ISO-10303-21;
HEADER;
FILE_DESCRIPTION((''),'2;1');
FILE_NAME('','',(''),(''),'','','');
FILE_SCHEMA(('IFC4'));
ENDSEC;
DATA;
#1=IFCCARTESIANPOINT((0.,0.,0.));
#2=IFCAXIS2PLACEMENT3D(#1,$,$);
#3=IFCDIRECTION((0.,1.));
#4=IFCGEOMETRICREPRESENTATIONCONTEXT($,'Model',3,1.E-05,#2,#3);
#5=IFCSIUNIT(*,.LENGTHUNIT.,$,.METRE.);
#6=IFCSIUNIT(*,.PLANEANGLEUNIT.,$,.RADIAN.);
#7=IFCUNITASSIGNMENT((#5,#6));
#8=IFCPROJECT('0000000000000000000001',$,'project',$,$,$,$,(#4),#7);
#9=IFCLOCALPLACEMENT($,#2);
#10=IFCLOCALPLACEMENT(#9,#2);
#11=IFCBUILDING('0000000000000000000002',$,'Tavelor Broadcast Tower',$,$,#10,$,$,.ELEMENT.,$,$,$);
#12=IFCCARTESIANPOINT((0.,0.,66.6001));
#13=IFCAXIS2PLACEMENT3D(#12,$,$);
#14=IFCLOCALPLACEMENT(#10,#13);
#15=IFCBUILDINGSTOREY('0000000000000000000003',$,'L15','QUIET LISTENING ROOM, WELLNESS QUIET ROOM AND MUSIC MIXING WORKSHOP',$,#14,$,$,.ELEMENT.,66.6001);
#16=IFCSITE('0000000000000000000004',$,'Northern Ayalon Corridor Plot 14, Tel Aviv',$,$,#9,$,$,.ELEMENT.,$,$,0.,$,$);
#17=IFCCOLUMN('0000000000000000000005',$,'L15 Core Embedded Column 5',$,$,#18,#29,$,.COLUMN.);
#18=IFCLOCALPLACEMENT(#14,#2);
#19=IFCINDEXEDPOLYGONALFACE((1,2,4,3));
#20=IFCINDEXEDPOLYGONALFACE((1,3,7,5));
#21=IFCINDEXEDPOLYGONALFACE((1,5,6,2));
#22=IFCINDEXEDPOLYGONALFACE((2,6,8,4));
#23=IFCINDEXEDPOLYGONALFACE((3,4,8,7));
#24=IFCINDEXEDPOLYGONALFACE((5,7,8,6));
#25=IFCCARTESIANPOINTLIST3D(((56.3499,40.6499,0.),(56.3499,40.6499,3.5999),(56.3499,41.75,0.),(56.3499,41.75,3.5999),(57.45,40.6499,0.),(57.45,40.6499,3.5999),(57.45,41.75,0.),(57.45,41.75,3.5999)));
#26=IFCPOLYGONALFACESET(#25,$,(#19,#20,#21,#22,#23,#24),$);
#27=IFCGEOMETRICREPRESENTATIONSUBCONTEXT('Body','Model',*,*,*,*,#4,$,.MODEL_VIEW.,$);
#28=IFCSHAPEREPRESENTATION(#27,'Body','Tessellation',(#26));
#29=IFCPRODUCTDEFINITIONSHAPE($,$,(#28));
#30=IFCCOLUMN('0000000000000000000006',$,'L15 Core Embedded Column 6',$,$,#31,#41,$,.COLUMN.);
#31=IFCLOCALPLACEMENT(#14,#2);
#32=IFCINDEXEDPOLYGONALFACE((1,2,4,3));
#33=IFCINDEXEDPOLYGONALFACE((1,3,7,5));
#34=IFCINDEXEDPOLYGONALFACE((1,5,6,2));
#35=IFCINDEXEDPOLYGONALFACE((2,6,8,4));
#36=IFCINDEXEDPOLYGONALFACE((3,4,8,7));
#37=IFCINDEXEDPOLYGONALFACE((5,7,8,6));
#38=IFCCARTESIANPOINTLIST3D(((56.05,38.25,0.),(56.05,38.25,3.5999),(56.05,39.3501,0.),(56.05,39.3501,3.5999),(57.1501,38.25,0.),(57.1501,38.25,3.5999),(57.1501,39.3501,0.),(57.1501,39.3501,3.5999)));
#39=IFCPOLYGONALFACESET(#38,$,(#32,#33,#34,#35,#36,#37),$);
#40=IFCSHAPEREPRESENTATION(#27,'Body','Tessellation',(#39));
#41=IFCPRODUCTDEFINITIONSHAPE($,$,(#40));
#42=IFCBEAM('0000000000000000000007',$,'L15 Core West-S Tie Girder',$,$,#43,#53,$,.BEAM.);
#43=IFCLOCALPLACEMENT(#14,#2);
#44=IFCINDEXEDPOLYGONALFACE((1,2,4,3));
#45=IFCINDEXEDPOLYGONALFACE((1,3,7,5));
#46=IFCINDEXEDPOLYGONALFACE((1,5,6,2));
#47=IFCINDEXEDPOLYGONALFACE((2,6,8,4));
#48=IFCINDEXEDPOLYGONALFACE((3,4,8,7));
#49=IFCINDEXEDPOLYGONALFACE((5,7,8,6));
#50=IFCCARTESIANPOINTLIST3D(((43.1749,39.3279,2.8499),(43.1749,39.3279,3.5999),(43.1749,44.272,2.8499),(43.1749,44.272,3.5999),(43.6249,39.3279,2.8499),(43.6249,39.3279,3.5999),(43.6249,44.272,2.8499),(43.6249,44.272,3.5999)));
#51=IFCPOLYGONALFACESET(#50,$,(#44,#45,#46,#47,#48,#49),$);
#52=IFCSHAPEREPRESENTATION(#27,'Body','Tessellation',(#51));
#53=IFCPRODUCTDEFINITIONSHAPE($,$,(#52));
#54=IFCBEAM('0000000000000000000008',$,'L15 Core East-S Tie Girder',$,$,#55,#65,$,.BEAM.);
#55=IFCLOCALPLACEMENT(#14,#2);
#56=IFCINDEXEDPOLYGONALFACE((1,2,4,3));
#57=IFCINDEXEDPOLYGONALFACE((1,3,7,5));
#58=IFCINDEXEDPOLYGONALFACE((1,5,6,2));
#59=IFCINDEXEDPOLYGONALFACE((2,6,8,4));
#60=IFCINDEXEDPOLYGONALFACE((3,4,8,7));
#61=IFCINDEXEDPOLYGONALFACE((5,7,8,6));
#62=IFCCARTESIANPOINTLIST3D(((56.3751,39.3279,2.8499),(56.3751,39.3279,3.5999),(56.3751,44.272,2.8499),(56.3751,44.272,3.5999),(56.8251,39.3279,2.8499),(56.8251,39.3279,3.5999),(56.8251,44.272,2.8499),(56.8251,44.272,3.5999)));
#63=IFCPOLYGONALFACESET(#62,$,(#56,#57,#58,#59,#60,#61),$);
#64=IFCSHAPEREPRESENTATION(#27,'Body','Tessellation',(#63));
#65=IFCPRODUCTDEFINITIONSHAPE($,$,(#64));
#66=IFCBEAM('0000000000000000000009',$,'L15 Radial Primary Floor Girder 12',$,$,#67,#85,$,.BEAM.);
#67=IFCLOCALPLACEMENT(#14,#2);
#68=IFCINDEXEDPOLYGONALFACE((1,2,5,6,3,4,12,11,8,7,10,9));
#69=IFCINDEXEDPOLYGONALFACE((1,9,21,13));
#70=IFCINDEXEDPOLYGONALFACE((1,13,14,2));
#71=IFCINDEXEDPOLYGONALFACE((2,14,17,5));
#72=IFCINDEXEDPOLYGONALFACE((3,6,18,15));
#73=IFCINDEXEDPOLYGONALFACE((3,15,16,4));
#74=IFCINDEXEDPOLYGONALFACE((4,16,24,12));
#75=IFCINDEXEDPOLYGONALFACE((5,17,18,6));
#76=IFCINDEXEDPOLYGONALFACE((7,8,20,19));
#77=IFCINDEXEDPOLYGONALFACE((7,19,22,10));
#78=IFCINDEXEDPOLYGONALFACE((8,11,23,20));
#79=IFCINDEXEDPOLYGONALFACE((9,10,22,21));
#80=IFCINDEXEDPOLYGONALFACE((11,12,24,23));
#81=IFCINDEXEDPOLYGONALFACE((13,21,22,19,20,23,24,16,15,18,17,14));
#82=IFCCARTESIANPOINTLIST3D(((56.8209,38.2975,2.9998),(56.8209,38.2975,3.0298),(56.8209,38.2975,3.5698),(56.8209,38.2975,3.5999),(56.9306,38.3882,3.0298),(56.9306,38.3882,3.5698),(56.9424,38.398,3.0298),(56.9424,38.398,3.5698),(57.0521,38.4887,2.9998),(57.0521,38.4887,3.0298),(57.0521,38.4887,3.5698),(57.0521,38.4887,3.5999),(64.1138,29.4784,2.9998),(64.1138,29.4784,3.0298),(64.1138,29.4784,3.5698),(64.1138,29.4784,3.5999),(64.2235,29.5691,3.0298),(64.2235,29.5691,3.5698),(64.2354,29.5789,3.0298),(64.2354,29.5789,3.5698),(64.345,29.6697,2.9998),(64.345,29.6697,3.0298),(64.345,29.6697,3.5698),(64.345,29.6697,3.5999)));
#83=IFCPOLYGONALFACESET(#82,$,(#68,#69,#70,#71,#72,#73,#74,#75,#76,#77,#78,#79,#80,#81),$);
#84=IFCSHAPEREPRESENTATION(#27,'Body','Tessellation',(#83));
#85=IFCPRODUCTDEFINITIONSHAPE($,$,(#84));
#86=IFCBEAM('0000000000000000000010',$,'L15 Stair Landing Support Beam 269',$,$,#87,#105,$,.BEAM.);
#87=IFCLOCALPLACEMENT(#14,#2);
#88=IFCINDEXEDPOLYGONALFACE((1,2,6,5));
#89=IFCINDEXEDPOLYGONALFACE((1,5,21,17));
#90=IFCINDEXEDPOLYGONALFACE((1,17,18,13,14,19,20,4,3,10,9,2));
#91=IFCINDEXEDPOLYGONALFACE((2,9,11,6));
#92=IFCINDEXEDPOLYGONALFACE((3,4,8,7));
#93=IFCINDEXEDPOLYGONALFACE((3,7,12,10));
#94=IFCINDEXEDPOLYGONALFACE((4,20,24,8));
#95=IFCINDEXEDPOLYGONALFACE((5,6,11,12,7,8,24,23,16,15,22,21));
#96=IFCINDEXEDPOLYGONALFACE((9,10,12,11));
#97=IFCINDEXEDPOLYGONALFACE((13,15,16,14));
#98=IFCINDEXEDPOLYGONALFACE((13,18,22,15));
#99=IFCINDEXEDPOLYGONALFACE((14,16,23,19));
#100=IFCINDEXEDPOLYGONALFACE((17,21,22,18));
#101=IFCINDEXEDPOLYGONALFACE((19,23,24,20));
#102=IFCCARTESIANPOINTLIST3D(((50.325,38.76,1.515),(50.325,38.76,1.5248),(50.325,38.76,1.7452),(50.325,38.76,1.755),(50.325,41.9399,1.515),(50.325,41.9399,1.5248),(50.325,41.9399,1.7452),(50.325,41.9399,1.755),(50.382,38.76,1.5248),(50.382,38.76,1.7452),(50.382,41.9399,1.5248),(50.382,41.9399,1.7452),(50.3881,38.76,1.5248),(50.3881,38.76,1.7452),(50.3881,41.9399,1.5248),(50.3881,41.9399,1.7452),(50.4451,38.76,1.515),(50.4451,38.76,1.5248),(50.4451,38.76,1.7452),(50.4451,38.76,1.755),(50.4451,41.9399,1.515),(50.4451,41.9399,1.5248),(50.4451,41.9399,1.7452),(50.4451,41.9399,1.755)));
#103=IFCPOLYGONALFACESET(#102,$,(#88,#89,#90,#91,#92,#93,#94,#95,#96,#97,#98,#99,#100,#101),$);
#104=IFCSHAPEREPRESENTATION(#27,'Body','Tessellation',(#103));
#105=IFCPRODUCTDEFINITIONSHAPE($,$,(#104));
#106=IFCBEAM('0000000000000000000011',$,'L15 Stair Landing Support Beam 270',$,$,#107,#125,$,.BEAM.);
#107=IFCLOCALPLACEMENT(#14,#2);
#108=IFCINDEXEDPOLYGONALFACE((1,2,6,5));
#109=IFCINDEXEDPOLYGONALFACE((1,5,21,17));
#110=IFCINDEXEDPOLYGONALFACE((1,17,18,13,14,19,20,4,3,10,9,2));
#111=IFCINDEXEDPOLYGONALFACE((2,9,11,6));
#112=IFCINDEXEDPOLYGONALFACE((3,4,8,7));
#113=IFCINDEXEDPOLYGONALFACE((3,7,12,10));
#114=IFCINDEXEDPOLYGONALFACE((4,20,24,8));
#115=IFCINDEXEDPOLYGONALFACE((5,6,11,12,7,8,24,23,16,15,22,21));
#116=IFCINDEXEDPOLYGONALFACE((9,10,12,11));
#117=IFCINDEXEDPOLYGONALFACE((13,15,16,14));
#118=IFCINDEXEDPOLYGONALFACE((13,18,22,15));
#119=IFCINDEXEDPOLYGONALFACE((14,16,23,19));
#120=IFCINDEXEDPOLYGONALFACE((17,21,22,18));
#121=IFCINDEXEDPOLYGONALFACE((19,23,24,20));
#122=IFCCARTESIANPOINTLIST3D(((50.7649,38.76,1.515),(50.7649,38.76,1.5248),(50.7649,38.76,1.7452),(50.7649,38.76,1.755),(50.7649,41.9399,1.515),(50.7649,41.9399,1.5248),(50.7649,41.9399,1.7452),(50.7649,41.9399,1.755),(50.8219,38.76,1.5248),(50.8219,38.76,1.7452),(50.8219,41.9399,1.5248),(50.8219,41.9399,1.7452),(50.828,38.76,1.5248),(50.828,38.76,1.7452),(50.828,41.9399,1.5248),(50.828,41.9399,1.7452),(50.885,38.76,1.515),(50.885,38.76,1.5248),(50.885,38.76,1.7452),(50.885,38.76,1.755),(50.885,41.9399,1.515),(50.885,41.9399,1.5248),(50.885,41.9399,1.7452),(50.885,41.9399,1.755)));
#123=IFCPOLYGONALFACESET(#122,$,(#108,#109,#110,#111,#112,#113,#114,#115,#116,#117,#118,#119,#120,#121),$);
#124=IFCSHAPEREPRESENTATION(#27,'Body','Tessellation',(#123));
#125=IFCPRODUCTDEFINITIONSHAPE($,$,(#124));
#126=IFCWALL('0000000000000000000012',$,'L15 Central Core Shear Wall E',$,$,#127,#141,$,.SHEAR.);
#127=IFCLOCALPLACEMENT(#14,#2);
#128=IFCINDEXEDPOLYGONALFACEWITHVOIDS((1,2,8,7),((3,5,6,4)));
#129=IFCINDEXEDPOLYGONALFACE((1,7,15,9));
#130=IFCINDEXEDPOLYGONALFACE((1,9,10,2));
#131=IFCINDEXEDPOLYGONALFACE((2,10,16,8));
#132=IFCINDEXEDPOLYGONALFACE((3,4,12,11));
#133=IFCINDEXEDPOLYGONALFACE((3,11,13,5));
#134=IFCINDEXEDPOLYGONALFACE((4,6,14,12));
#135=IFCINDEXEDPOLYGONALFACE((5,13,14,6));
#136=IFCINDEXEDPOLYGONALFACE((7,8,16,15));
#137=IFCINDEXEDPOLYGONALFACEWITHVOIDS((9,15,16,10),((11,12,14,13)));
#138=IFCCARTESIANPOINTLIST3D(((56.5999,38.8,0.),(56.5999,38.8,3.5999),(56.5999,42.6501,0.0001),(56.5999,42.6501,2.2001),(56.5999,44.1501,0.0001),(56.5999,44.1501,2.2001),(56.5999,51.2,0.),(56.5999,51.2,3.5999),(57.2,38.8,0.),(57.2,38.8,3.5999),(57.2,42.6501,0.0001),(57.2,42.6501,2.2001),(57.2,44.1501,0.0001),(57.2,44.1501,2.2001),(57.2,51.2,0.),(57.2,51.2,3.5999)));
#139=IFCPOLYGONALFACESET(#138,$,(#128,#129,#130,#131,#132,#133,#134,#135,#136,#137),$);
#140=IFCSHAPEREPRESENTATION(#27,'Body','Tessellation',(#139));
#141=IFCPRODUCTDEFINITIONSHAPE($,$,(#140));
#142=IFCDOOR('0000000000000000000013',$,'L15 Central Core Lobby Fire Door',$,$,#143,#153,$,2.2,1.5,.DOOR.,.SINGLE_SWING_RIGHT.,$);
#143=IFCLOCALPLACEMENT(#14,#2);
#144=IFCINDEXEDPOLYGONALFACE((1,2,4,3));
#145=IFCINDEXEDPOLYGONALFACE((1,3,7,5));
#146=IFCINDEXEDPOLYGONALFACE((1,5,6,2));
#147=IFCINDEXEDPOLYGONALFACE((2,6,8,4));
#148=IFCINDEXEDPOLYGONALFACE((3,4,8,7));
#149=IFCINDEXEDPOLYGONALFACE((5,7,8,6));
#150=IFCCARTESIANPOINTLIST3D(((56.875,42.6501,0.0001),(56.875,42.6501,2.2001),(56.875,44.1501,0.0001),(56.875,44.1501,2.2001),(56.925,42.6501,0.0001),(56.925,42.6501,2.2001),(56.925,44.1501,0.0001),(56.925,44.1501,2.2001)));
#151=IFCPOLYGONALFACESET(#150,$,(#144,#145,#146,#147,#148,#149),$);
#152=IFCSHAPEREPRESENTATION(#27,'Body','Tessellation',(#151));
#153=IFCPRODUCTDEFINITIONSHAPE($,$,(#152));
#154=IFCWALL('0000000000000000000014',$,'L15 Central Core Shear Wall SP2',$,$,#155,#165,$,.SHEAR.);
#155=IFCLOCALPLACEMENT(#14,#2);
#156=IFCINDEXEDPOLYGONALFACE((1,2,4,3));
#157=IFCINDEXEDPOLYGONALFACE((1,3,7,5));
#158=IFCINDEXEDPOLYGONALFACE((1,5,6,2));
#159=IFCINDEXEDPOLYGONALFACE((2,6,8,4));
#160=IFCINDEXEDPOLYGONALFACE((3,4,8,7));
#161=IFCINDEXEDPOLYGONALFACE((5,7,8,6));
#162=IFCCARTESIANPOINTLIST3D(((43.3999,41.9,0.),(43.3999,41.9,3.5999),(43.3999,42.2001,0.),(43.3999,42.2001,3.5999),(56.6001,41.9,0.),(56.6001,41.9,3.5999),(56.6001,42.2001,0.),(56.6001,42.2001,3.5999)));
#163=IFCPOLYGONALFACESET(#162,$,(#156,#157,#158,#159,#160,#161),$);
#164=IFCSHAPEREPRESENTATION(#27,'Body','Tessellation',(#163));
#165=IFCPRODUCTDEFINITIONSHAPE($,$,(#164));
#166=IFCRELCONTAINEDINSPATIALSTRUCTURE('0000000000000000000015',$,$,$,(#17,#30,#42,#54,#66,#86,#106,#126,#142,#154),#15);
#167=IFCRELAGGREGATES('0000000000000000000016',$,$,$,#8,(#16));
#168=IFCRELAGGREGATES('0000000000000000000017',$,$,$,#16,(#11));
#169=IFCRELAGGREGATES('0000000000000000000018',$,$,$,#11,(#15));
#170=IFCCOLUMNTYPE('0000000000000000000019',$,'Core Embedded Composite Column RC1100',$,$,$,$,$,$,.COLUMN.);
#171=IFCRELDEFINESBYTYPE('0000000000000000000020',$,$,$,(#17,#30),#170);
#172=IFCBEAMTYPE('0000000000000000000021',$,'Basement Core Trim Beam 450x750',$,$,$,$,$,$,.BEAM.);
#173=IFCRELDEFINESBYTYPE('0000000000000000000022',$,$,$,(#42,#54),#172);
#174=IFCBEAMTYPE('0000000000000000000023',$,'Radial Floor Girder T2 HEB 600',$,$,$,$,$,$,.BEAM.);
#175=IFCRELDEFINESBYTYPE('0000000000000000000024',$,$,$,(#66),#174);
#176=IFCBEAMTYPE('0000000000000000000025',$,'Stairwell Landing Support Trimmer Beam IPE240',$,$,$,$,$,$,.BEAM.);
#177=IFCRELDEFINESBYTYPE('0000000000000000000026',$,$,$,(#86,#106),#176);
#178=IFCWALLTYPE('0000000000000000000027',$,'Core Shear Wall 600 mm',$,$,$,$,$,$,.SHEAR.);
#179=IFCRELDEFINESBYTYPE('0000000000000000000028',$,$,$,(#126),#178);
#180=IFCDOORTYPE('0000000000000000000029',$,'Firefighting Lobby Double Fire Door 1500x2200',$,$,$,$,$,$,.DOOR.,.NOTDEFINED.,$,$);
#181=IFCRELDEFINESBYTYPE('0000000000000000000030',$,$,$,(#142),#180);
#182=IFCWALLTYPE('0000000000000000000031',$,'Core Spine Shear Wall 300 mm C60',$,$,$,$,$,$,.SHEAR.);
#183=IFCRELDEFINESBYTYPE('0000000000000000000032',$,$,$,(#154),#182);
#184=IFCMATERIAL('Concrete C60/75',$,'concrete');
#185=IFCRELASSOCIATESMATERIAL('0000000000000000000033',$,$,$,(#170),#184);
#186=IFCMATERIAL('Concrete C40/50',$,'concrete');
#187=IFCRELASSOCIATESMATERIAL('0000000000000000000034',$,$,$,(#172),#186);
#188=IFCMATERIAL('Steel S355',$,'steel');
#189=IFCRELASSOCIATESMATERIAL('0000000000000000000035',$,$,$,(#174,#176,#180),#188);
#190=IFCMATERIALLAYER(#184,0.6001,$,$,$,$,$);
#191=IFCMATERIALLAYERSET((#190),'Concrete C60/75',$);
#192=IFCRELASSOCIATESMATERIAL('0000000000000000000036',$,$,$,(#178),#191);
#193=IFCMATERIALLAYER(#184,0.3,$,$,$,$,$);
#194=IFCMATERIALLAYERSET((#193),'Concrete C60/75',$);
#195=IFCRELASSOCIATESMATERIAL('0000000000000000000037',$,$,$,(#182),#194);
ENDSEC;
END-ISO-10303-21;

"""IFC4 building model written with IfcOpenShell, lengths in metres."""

from ifc_helpers import new_model, si_unit, direction, frame, frame_2d, origin, origin_2d, place, context, subcontext, project, spatial, rectangle, i_section, extrude, material, layer, layer_set, material_profile, profile_set, type_object, element, fill, save


model = new_model("IFC4")

# Units and contexts
model_context = context("Model", 3, precision=1e-05, world=origin(), true_north=direction((0.0, 1.0)))
body_context = subcontext(model_context, "Body", "Model", "MODEL_VIEW")
ifc_project = project(units=[si_unit("LENGTHUNIT", "METRE"), si_unit("PLANEANGLEUNIT", "RADIAN")], contexts=[model_context])

# Site, building, storey
site_placement = place(None, origin())
site = spatial("IfcSite", under=ifc_project, at=site_placement, Name="Northern Ayalon Corridor Plot 14, Tel Aviv", CompositionType="ELEMENT", RefElevation=0.0)
building_placement = place(site_placement, origin())
building = spatial("IfcBuilding", under=site, at=building_placement, Name="Tavelor Broadcast Tower", CompositionType="ELEMENT")
storey_placement = place(building_placement, frame((0.0, 0.0, 66.6001)))
storey = spatial("IfcBuildingStorey", under=building, at=storey_placement, Name="L15", Description="QUIET LISTENING ROOM, WELLNESS QUIET ROOM AND MUSIC MIXING WORKSHOP", CompositionType="ELEMENT", Elevation=66.6001)

# Columns
ifc_material_1 = material(Name="Concrete C60/75", Category="concrete")
ifc_material_profile_1 = material_profile(ifc_material_1, rectangle(XDim=1.1001, YDim=1.1001, at=origin_2d()), Name="RC 1100x1100")
ifc_profile_set_1 = profile_set([ifc_material_profile_1], Name="Concrete C60/75")
column_type = type_object("IfcColumnType", Name="Core Embedded Composite Column RC1100", PredefinedType="COLUMN", material=ifc_profile_set_1)
for number, where, z_axis, x_axis, name in (
    (1, (56.8999, 41.2, 0.0), (0.0, 0.0, 1.0), (1.0, 0.0, 0.0), "L15 Core Embedded Column 5"),
    (2, (56.6001, 38.8, 0.0), (0.0, 0.0, 1.0), (1.0, 0.0, 0.0), "L15 Core Embedded Column 6"),
):
    element("IfcColumn", number, at=place(storey_placement, frame(where, z_axis=z_axis, x_axis=x_axis)), inside=storey, type_object=column_type, Name=name, PredefinedType="COLUMN", context=body_context, shape_type="SweptSolid", body=[
        extrude(rectangle(XDim=1.1001, YDim=1.1001, at=origin_2d()), origin(), (0.0, 0.0, 1.0), 3.5999),
    ])

# Beams
ifc_material_2 = material(Name="Concrete C40/50", Category="concrete")
ifc_material_profile_2 = material_profile(ifc_material_2, rectangle(XDim=0.45, YDim=0.75, at=origin_2d()), Name="RC 450x750")
ifc_profile_set_2 = profile_set([ifc_material_profile_2], Name="Concrete C40/50")
beam_type_1 = type_object("IfcBeamType", Name="Basement Core Trim Beam 450x750", PredefinedType="BEAM", material=ifc_profile_set_2)
for number, where, z_axis, x_axis, name in (
    (3, (43.3999, 39.3279, 3.2249), (0.0, 1.0, 0.0), (-1.0, 0.0, 0.0), "L15 Core West-S Tie Girder"),
    (4, (56.6001, 39.3279, 3.2249), (0.0, 1.0, 0.0), (-1.0, 0.0, 0.0), "L15 Core East-S Tie Girder"),
):
    element("IfcBeam", number, at=place(storey_placement, frame(where, z_axis=z_axis, x_axis=x_axis)), inside=storey, type_object=beam_type_1, Name=name, PredefinedType="BEAM", context=body_context, shape_type="SweptSolid", body=[
        extrude(rectangle(XDim=0.45, YDim=0.75, at=origin_2d()), origin(), (0.0, 0.0, 1.0), 4.9441),
    ])
ifc_material_3 = material(Name="Steel S355", Category="steel")
ifc_material_profile_3 = material_profile(ifc_material_3, i_section(OverallWidth=0.3, OverallDepth=0.6001, WebThickness=0.0154, FlangeThickness=0.03, at=origin_2d()), Name="HEB 600")
ifc_profile_set_3 = profile_set([ifc_material_profile_3], Name="Steel S355")
beam_type_2 = type_object("IfcBeamType", Name="Radial Floor Girder T2 HEB 600", PredefinedType="BEAM", material=ifc_profile_set_3)
beam_placement = place(storey_placement, frame((56.9365, 38.3931, 3.2998), z_axis=(0.637278, -0.770634, 0.0), x_axis=(0.770634, 0.637278, 0.0)))
element("IfcBeam", 5, at=beam_placement, inside=storey, type_object=beam_type_2, Name="L15 Radial Primary Floor Girder 12", PredefinedType="BEAM", context=body_context, shape_type="SweptSolid", body=[
    extrude(i_section(OverallWidth=0.3, OverallDepth=0.6001, WebThickness=0.0154, FlangeThickness=0.03, at=origin_2d()), origin(), (0.0, 0.0, 1.0), 11.4438),
])
ifc_material_profile_4 = material_profile(ifc_material_3, i_section(OverallWidth=0.1201, OverallDepth=0.24, WebThickness=0.0061, FlangeThickness=0.0098, at=origin_2d()), Name="IPE 240")
ifc_profile_set_4 = profile_set([ifc_material_profile_4], Name="Steel S355")
beam_type_3 = type_object("IfcBeamType", Name="Stairwell Landing Support Trimmer Beam IPE240", PredefinedType="BEAM", material=ifc_profile_set_4)
for number, where, z_axis, x_axis, name in (
    (6, (50.385, 38.76, 1.635), (0.0, 1.0, 0.0), (-1.0, 0.0, 0.0), "L15 Stair Landing Support Beam 269"),
    (7, (50.825, 38.76, 1.635), (0.0, 1.0, 0.0), (-1.0, 0.0, 0.0), "L15 Stair Landing Support Beam 270"),
):
    element("IfcBeam", number, at=place(storey_placement, frame(where, z_axis=z_axis, x_axis=x_axis)), inside=storey, type_object=beam_type_3, Name=name, PredefinedType="BEAM", context=body_context, shape_type="SweptSolid", body=[
        extrude(i_section(OverallWidth=0.1201, OverallDepth=0.24, WebThickness=0.0061, FlangeThickness=0.0098, at=origin_2d()), origin(), (0.0, 0.0, 1.0), 3.1799),
    ])

# Wall, opening, door
ifc_layer_1 = layer(ifc_material_1, 0.6001)
ifc_layer_set_1 = layer_set([ifc_layer_1], Name="Concrete C60/75")
wall_type_1 = type_object("IfcWallType", Name="Core Shear Wall 600 mm", PredefinedType="SHEAR", material=ifc_layer_set_1)
wall_1_placement = place(storey_placement, frame((56.8999, 38.8, 0.0), z_axis=(0.0, 0.0, 1.0), x_axis=(0.0, 1.0, 0.0)))
wall_1 = element("IfcWall", 8, at=wall_1_placement, inside=storey, type_object=wall_type_1, Name="L15 Central Core Shear Wall E", PredefinedType="SHEAR", context=body_context, shape_type="SweptSolid", body=[
    extrude(rectangle(XDim=12.3999, YDim=0.6001, at=frame_2d((6.2, 0.0))), origin(), (0.0, 0.0, 1.0), 3.5999),
])
opening_1_placement = place(wall_1_placement, frame((3.8501, 0.0, 0.0)))
opening_1 = element("IfcOpeningElement", 9, at=opening_1_placement, cuts=wall_1, PredefinedType="OPENING", context=body_context, shape_type="SweptSolid", body=[
    extrude(rectangle(XDim=1.5, YDim=2.2, at=frame_2d((0.75, 1.1001))), frame((0.0, 0.3101, 0.0), z_axis=(0.0, -1.0, 0.0), x_axis=(1.0, 0.0, 0.0)), (0.0, 0.0, 1.0), 0.6201),
])
door_type_1 = type_object("IfcDoorType", Name="Firefighting Lobby Double Fire Door 1500x2200", OperationType="NOTDEFINED", PredefinedType="DOOR", material=ifc_material_3)
door_1_placement = place(opening_1_placement, origin())
door_1 = element("IfcDoor", 10, at=door_1_placement, inside=storey, type_object=door_type_1, Name="L15 Central Core Lobby Fire Door", OperationType="SINGLE_SWING_RIGHT", OverallHeight=2.2, OverallWidth=1.5, PredefinedType="DOOR", context=body_context, shape_type="SweptSolid", body=[
    extrude(rectangle(XDim=1.5, YDim=2.2, at=frame_2d((0.75, 1.1001))), frame((0.0, 0.0249, 0.0), z_axis=(0.0, -1.0, 0.0), x_axis=(1.0, 0.0, 0.0)), (0.0, 0.0, 1.0), 0.05),
])
fill(opening_1, door_1)

# Wall
ifc_layer_2 = layer(ifc_material_1, 0.3)
ifc_layer_set_2 = layer_set([ifc_layer_2], Name="Concrete C60/75")
wall_type_2 = type_object("IfcWallType", Name="Core Spine Shear Wall 300 mm C60", PredefinedType="SHEAR", material=ifc_layer_set_2)
wall_2_placement = place(storey_placement, frame((43.3999, 42.05, 0.0), z_axis=(0.0, 0.0, 1.0), x_axis=(1.0, 0.0, 0.0)))
element("IfcWall", 11, at=wall_2_placement, inside=storey, type_object=wall_type_2, Name="L15 Central Core Shear Wall SP2", PredefinedType="SHEAR", context=body_context, shape_type="SweptSolid", body=[
    extrude(rectangle(XDim=13.2002, YDim=0.3, at=frame_2d((6.6001, 0.0))), origin(), (0.0, 0.0, 1.0), 3.5999),
])

save(model, "model.ifc")
